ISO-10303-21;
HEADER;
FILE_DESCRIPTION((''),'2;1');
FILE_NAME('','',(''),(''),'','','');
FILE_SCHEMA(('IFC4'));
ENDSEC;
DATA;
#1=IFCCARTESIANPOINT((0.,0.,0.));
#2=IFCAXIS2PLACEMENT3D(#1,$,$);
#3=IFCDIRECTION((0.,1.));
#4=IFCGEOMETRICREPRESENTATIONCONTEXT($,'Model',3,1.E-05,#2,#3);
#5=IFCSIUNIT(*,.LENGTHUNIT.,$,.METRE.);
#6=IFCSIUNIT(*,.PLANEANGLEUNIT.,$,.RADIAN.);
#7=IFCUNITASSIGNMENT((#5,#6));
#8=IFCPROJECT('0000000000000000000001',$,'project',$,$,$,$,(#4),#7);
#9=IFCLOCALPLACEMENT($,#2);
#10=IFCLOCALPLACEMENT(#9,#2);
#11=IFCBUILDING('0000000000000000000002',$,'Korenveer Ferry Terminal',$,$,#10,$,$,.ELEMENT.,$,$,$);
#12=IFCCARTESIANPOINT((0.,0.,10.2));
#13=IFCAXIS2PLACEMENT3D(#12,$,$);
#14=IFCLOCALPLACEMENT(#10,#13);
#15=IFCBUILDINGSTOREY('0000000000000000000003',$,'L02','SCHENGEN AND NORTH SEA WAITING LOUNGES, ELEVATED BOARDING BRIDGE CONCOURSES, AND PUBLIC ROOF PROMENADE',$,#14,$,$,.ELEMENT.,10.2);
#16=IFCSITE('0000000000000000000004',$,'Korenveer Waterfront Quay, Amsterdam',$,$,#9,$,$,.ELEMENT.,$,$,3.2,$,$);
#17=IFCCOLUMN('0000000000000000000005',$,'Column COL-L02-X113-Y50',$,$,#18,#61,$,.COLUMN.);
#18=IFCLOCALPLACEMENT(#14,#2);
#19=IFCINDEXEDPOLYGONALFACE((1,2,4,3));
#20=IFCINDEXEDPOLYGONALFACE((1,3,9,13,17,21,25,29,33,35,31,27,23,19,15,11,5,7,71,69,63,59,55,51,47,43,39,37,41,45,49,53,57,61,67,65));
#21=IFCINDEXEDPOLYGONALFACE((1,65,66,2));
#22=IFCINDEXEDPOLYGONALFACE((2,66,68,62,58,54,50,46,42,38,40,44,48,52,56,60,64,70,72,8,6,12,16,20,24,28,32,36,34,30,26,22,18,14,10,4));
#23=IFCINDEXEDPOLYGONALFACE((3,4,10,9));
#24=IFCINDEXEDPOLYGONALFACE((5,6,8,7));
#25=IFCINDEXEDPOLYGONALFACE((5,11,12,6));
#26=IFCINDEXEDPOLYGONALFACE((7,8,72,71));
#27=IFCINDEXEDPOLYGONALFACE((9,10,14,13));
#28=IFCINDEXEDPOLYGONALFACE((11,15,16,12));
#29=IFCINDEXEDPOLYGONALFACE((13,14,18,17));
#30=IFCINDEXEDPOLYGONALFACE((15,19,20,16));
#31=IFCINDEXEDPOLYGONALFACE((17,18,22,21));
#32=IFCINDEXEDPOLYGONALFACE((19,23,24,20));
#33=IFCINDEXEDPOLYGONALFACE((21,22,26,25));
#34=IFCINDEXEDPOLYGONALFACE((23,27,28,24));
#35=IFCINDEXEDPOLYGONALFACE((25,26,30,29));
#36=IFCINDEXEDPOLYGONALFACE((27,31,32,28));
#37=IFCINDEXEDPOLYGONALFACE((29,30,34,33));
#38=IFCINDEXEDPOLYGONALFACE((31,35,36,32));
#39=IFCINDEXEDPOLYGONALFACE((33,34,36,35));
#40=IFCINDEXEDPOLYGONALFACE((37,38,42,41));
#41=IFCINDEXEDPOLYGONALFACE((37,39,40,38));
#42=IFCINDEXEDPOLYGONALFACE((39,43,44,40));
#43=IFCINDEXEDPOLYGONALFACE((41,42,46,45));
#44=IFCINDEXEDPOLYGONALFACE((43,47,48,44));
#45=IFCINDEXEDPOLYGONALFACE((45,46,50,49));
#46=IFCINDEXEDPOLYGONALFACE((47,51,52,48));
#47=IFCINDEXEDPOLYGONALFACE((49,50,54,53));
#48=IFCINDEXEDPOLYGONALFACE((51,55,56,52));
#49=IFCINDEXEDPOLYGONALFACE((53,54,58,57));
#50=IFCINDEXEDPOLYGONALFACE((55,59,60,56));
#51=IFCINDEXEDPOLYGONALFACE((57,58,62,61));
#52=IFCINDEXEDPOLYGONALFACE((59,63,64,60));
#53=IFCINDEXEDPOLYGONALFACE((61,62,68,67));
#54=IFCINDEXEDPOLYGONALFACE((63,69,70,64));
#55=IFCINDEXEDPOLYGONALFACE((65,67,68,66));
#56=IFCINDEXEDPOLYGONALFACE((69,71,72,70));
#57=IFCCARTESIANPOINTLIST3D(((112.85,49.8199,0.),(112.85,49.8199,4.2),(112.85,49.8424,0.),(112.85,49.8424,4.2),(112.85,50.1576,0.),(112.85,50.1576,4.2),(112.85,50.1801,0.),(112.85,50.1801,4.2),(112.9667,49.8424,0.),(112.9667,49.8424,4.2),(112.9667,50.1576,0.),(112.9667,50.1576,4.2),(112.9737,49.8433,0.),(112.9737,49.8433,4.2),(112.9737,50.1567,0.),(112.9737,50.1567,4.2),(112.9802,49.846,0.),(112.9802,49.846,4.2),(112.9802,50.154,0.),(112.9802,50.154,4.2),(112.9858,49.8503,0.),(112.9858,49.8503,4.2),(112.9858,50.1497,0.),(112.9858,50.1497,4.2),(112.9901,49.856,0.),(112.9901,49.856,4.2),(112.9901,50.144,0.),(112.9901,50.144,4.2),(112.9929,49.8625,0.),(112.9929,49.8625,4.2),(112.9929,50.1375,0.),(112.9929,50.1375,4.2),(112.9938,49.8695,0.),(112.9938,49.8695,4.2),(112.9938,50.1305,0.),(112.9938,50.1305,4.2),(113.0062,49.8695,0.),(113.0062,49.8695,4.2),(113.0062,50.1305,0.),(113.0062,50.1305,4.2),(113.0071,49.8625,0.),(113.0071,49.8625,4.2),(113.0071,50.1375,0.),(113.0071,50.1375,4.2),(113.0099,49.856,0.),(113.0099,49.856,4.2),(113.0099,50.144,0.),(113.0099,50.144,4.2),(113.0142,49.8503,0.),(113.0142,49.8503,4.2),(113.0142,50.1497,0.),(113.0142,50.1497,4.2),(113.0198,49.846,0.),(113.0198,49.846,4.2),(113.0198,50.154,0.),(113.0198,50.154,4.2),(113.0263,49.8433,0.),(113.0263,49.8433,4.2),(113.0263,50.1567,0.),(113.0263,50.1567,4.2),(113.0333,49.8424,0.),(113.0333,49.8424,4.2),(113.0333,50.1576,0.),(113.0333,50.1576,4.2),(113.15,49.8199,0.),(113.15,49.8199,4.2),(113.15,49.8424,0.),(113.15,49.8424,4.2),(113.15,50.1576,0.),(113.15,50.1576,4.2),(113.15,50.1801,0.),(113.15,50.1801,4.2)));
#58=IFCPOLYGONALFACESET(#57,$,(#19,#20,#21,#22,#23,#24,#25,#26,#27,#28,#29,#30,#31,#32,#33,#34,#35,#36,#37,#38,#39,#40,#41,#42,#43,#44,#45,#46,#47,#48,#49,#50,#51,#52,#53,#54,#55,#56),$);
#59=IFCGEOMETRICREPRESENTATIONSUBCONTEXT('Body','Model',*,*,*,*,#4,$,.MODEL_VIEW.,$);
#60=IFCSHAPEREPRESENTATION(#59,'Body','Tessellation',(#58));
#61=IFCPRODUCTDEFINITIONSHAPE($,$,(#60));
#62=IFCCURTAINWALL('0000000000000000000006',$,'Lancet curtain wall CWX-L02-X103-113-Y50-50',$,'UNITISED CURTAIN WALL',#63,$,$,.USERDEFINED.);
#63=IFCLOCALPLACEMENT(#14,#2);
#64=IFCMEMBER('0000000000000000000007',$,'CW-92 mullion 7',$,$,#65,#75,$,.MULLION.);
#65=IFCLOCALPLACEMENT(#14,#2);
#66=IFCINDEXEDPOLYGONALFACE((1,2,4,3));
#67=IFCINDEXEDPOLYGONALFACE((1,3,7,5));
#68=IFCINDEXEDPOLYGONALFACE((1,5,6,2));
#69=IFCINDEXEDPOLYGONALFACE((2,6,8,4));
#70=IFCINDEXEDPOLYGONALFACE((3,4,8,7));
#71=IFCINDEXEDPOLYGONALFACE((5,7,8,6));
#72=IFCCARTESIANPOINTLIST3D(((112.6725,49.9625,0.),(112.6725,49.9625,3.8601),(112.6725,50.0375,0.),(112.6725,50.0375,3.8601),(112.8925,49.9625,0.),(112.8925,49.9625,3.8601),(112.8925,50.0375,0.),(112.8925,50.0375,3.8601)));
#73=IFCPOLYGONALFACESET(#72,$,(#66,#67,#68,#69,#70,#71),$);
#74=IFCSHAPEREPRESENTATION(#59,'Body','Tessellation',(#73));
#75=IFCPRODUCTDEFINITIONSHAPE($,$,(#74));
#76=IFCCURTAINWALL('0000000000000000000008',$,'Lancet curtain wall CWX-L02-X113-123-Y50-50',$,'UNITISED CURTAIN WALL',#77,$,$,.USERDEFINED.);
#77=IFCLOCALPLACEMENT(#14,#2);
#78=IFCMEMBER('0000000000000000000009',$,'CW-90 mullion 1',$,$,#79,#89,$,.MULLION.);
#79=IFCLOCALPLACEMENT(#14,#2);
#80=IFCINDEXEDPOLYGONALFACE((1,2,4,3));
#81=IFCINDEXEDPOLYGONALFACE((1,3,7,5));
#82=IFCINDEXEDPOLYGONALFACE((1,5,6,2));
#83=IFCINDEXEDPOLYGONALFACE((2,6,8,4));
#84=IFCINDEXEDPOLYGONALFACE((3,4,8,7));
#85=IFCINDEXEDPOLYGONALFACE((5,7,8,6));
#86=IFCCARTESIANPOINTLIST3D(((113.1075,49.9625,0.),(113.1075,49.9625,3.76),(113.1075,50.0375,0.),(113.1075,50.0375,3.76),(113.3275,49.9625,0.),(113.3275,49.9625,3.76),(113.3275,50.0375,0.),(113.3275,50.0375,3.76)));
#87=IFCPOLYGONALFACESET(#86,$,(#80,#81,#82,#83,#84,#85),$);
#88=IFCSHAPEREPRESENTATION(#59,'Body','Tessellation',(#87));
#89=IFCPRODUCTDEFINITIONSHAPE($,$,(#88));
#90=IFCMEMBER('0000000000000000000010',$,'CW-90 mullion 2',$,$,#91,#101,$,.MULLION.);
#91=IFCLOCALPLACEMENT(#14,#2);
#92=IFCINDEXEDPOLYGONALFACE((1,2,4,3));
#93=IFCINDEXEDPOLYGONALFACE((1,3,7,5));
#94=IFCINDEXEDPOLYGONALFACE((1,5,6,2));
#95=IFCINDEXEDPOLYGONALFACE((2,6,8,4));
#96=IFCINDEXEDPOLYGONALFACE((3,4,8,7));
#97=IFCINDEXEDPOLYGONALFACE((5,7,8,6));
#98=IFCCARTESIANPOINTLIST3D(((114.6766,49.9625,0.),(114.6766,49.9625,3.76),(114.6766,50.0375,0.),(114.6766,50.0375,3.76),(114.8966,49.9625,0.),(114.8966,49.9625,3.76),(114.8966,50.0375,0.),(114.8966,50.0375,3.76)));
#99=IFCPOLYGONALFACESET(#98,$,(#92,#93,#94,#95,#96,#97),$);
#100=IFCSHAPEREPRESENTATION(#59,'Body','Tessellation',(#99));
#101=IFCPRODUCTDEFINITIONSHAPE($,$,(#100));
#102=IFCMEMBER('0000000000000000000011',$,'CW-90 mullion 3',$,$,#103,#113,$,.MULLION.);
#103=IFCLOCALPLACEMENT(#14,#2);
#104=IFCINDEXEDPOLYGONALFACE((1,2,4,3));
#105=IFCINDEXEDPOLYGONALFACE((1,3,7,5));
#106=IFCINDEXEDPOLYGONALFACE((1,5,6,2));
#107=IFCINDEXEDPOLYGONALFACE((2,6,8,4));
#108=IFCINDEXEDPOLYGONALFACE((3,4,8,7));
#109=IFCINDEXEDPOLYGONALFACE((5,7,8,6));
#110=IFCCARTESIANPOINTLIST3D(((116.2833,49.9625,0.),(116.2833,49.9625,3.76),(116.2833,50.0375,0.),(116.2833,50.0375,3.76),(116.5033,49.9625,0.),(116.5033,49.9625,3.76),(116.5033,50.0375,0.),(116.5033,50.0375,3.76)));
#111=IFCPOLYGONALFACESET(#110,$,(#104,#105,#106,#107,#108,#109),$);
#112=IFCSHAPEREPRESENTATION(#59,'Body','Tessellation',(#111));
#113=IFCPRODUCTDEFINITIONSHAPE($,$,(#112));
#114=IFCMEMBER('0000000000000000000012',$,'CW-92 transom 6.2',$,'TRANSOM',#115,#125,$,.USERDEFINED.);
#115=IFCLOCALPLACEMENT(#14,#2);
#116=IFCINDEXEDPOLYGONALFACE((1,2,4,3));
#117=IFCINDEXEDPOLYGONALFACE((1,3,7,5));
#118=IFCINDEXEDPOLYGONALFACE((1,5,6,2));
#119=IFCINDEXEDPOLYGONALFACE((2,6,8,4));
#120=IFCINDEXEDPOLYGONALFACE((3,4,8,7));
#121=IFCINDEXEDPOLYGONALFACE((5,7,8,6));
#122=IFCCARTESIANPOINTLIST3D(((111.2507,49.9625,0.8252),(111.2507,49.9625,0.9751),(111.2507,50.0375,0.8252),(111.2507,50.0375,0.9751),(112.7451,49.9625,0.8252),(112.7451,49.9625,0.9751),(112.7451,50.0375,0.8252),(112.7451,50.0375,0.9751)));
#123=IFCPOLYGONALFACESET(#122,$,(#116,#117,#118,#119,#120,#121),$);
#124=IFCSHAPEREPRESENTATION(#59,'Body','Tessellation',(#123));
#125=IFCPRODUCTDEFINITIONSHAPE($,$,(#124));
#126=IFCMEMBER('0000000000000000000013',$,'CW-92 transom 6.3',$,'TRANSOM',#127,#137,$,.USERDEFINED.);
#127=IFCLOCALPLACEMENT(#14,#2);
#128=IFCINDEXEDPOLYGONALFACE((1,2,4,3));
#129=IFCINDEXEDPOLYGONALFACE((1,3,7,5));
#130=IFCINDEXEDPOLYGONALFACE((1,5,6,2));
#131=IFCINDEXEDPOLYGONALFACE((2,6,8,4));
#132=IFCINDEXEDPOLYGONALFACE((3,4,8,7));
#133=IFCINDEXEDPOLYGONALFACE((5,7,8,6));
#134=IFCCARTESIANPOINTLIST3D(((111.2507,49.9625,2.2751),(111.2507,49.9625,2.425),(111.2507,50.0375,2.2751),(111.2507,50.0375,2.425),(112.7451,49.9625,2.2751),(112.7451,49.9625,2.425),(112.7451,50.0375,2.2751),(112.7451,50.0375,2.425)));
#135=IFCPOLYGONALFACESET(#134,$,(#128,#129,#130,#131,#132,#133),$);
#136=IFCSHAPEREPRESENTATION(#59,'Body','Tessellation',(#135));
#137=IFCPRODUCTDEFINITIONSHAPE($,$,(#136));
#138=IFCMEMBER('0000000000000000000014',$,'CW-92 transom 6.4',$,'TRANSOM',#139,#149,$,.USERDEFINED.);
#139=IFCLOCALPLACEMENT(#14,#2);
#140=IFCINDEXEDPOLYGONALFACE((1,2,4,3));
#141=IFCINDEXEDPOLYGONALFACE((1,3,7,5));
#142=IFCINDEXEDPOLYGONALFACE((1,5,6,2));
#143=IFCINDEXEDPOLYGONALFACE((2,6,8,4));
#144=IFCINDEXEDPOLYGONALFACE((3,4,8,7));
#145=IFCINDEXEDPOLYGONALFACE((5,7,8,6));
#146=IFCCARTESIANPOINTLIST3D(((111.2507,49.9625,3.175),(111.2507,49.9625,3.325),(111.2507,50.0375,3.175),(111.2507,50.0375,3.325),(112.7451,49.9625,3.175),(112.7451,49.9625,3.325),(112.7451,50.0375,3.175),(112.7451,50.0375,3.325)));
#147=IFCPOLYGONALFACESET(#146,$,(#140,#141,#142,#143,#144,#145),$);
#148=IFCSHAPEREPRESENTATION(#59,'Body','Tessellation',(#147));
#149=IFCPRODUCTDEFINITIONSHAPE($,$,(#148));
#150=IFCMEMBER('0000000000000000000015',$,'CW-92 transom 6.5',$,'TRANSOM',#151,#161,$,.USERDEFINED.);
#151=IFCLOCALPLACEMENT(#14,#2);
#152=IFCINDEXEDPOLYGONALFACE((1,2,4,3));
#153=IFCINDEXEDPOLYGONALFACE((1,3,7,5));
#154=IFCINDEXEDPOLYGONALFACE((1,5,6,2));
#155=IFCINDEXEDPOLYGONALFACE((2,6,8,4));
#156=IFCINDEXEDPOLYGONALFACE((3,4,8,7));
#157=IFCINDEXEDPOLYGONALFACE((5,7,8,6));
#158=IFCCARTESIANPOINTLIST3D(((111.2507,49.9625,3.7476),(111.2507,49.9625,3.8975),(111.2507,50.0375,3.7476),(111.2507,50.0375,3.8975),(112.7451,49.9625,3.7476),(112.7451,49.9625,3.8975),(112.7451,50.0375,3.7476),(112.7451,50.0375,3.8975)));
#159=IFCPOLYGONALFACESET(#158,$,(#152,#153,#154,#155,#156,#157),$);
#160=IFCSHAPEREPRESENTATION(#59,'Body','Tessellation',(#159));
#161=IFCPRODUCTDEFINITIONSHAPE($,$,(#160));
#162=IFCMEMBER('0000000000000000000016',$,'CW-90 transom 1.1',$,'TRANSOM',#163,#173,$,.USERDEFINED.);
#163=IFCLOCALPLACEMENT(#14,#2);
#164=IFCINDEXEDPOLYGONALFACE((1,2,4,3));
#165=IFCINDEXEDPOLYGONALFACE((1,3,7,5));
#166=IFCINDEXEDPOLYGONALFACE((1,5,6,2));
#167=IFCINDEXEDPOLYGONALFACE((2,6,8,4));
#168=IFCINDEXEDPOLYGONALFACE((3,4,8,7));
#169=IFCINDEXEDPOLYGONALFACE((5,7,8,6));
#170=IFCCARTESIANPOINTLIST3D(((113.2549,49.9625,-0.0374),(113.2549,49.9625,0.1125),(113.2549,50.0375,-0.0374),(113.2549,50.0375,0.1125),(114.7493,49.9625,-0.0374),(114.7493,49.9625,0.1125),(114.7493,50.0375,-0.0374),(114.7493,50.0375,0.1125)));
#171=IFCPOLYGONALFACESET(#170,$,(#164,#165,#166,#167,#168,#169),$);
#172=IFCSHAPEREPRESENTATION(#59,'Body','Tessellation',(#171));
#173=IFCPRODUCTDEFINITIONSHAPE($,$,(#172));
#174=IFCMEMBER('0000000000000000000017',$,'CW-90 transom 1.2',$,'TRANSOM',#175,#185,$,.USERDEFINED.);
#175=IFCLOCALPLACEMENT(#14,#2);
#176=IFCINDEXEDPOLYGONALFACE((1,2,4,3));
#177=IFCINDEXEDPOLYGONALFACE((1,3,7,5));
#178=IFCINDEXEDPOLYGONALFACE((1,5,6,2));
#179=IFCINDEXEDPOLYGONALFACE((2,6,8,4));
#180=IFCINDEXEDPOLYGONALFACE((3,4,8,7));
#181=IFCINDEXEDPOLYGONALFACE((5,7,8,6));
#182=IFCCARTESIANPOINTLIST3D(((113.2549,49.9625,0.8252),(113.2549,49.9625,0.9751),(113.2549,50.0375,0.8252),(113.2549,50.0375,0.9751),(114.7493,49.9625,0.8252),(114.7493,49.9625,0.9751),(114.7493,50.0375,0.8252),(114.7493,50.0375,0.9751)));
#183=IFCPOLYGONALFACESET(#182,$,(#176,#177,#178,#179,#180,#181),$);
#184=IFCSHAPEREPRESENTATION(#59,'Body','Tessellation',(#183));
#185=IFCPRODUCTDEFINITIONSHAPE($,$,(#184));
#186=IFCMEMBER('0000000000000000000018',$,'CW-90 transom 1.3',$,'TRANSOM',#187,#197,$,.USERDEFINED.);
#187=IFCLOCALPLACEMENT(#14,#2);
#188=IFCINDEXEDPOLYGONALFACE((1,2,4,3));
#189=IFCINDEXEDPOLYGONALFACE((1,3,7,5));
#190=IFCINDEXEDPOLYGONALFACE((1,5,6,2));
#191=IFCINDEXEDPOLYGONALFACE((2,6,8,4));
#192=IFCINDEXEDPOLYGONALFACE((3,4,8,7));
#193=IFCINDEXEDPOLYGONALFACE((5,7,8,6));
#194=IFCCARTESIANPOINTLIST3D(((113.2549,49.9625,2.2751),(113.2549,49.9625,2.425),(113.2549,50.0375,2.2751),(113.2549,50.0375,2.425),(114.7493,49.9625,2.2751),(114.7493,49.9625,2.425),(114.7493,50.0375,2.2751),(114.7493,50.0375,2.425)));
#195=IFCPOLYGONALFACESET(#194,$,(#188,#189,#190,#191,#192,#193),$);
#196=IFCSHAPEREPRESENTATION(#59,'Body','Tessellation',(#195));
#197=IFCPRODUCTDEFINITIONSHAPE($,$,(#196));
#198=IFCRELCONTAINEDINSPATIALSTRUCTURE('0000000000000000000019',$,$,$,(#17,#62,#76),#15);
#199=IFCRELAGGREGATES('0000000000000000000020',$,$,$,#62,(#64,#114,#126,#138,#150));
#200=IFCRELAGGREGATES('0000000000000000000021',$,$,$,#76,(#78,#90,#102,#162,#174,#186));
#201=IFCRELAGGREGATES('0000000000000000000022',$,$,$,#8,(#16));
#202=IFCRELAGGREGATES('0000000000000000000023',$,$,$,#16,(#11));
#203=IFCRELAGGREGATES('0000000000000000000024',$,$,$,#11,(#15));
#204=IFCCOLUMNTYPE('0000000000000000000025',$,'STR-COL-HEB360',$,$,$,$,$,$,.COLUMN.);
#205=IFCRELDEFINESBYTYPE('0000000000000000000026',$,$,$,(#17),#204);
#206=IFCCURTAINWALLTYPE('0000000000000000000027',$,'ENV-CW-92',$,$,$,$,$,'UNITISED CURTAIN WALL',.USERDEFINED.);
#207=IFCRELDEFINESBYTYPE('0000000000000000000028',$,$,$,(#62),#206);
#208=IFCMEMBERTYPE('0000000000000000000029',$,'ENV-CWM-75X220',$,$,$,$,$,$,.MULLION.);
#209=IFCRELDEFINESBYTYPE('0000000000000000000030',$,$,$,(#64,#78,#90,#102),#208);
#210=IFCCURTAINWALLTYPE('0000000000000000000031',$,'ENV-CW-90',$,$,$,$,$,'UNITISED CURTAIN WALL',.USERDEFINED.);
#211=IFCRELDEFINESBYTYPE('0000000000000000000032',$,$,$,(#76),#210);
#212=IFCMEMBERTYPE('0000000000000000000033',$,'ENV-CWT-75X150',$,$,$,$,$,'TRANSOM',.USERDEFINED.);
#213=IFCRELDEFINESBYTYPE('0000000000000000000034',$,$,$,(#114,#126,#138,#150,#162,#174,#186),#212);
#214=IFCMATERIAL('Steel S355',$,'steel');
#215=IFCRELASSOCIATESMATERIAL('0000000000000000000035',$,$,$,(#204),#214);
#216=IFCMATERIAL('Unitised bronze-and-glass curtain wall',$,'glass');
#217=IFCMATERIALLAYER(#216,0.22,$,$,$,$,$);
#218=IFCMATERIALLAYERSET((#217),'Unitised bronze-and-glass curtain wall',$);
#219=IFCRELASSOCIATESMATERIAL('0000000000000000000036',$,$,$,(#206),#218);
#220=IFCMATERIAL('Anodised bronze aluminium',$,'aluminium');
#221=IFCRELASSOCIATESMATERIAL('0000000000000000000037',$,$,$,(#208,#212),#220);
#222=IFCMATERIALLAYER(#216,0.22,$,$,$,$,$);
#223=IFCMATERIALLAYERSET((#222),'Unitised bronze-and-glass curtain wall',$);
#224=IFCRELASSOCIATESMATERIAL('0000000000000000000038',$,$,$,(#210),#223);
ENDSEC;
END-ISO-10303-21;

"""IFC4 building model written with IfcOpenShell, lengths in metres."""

from ifc_helpers import new_model, si_unit, direction, frame, origin, origin_2d, place, context, subcontext, project, spatial, rectangle, i_section, extrude, material, layer, layer_set, material_profile, profile_set, type_object, element, aggregate, save


model = new_model("IFC4")

# Units and contexts
model_context = context("Model", 3, precision=1e-05, world=origin(), true_north=direction((0.0, 1.0)))
body_context = subcontext(model_context, "Body", "Model", "MODEL_VIEW")
ifc_project = project(units=[si_unit("LENGTHUNIT", "METRE"), si_unit("PLANEANGLEUNIT", "RADIAN")], contexts=[model_context])

# Site, building, storey
site_placement = place(None, origin())
site = spatial("IfcSite", under=ifc_project, at=site_placement, Name="Korenveer Waterfront Quay, Amsterdam", CompositionType="ELEMENT", RefElevation=3.2)
building_placement = place(site_placement, origin())
building = spatial("IfcBuilding", under=site, at=building_placement, Name="Korenveer Ferry Terminal", CompositionType="ELEMENT")
storey_placement = place(building_placement, frame((0.0, 0.0, 10.2)))
storey = spatial("IfcBuildingStorey", under=building, at=storey_placement, Name="L02", Description="SCHENGEN AND NORTH SEA WAITING LOUNGES, ELEVATED BOARDING BRIDGE CONCOURSES, AND PUBLIC ROOF PROMENADE", CompositionType="ELEMENT", Elevation=10.2)

# Column
ifc_material_1 = material(Name="Steel S355", Category="steel")
ifc_material_profile_1 = material_profile(ifc_material_1, i_section(OverallWidth=0.3, OverallDepth=0.3601, WebThickness=0.0125, FlangeThickness=0.0225, FilletRadius=0.0271, at=origin_2d()), Name="HEB 360")
ifc_profile_set_1 = profile_set([ifc_material_profile_1], Name="Steel S355")
column_type = type_object("IfcColumnType", Name="STR-COL-HEB360", PredefinedType="COLUMN", material=ifc_profile_set_1)
column_placement = place(storey_placement, frame((113.0, 50.0, 0.0), z_axis=(0.0, 0.0, 1.0), x_axis=(1.0, 0.0, 0.0)))
element("IfcColumn", 1, at=column_placement, inside=storey, type_object=column_type, Name="Column COL-L02-X113-Y50", PredefinedType="COLUMN", context=body_context, shape_type="SweptSolid", body=[
    extrude(i_section(OverallWidth=0.3, OverallDepth=0.3601, WebThickness=0.0125, FlangeThickness=0.0225, FilletRadius=0.0271, at=origin_2d()), origin(), (0.0, 0.0, 1.0), 4.2),
])

# Curtain wall, member
ifc_material_2 = material(Name="Unitised bronze-and-glass curtain wall", Category="glass")
ifc_layer_1 = layer(ifc_material_2, 0.22)
ifc_layer_set_1 = layer_set([ifc_layer_1], Name="Unitised bronze-and-glass curtain wall")
curtain_wall_type_1 = type_object("IfcCurtainWallType", Name="ENV-CW-92", ElementType="UNITISED CURTAIN WALL", PredefinedType="USERDEFINED", material=ifc_layer_set_1)
curtain_wall_1_placement = place(storey_placement, frame((103.1799, 50.0, 0.0)))
curtain_wall_1 = element("IfcCurtainWall", 2, at=curtain_wall_1_placement, inside=storey, type_object=curtain_wall_type_1, Name="Lancet curtain wall CWX-L02-X103-113-Y50-50", ObjectType="UNITISED CURTAIN WALL", PredefinedType="USERDEFINED")
ifc_material_3 = material(Name="Anodised bronze aluminium", Category="aluminium")
ifc_material_profile_2 = material_profile(ifc_material_3, rectangle(XDim=0.075, YDim=0.22, at=origin_2d()), Name="ALU 75x220")
ifc_profile_set_2 = profile_set([ifc_material_profile_2], Name="Anodised bronze aluminium")
member_type_1 = type_object("IfcMemberType", Name="ENV-CWM-75X220", PredefinedType="MULLION", material=ifc_profile_set_2)
member_1_placement = place(storey_placement, frame((112.7825, 50.0, 0.0), z_axis=(0.0, 0.0, 1.0), x_axis=(0.0, 1.0, 0.0)))
member_1 = element("IfcMember", 3, at=member_1_placement, type_object=member_type_1, Name="CW-92 mullion 7", PredefinedType="MULLION", context=body_context, shape_type="SweptSolid", body=[
    extrude(rectangle(XDim=0.075, YDim=0.22, at=origin_2d()), origin(), (0.0, 0.0, 1.0), 3.8601),
])

# Curtain wall, members
ifc_layer_2 = layer(ifc_material_2, 0.22)
ifc_layer_set_2 = layer_set([ifc_layer_2], Name="Unitised bronze-and-glass curtain wall")
curtain_wall_type_2 = type_object("IfcCurtainWallType", Name="ENV-CW-90", ElementType="UNITISED CURTAIN WALL", PredefinedType="USERDEFINED", material=ifc_layer_set_2)
curtain_wall_2_placement = place(storey_placement, frame((113.1799, 50.0, 0.0)))
curtain_wall_2 = element("IfcCurtainWall", 4, at=curtain_wall_2_placement, inside=storey, type_object=curtain_wall_type_2, Name="Lancet curtain wall CWX-L02-X113-123-Y50-50", ObjectType="UNITISED CURTAIN WALL", PredefinedType="USERDEFINED")
member_2_placement = place(storey_placement, frame((113.2175, 50.0, 0.0), z_axis=(0.0, 0.0, 1.0), x_axis=(0.0, 1.0, 0.0)))
member_2 = element("IfcMember", 5, at=member_2_placement, type_object=member_type_1, Name="CW-90 mullion 1", PredefinedType="MULLION", context=body_context, shape_type="SweptSolid", body=[
    extrude(rectangle(XDim=0.075, YDim=0.22, at=origin_2d()), origin(), (0.0, 0.0, 1.0), 3.76),
])
member_3_placement = place(storey_placement, frame((114.7866, 50.0, 0.0), z_axis=(0.0, 0.0, 1.0), x_axis=(0.0, 1.0, 0.0)))
member_3 = element("IfcMember", 6, at=member_3_placement, type_object=member_type_1, Name="CW-90 mullion 2", PredefinedType="MULLION", context=body_context, shape_type="SweptSolid", body=[
    extrude(rectangle(XDim=0.075, YDim=0.22, at=origin_2d()), origin(), (0.0, 0.0, 1.0), 3.76),
])
member_4_placement = place(storey_placement, frame((116.3933, 50.0, 0.0), z_axis=(0.0, 0.0, 1.0), x_axis=(0.0, 1.0, 0.0)))
member_4 = element("IfcMember", 7, at=member_4_placement, type_object=member_type_1, Name="CW-90 mullion 3", PredefinedType="MULLION", context=body_context, shape_type="SweptSolid", body=[
    extrude(rectangle(XDim=0.075, YDim=0.22, at=origin_2d()), origin(), (0.0, 0.0, 1.0), 3.76),
])

# Members
ifc_material_profile_3 = material_profile(ifc_material_3, rectangle(XDim=0.075, YDim=0.1499, at=origin_2d()), Name="ALU 75x150")
ifc_profile_set_3 = profile_set([ifc_material_profile_3], Name="Anodised bronze aluminium")
member_type_2 = type_object("IfcMemberType", Name="ENV-CWT-75X150", ElementType="TRANSOM", PredefinedType="USERDEFINED", material=ifc_profile_set_3)
member_5_placement = place(storey_placement, frame((111.2507, 50.0, 0.9001), z_axis=(1.0, 0.0, 0.0), x_axis=(0.0, 1.0, 0.0)))
member_5 = element("IfcMember", 8, at=member_5_placement, type_object=member_type_2, Name="CW-92 transom 6.2", ObjectType="TRANSOM", PredefinedType="USERDEFINED", context=body_context, shape_type="SweptSolid", body=[
    extrude(rectangle(XDim=0.075, YDim=0.1499, at=origin_2d()), origin(), (0.0, 0.0, 1.0), 1.4944),
])
member_6_placement = place(storey_placement, frame((111.2507, 50.0, 2.3501), z_axis=(1.0, 0.0, 0.0), x_axis=(0.0, 1.0, 0.0)))
member_6 = element("IfcMember", 9, at=member_6_placement, type_object=member_type_2, Name="CW-92 transom 6.3", ObjectType="TRANSOM", PredefinedType="USERDEFINED", context=body_context, shape_type="SweptSolid", body=[
    extrude(rectangle(XDim=0.075, YDim=0.1499, at=origin_2d()), origin(), (0.0, 0.0, 1.0), 1.4944),
])
member_7_placement = place(storey_placement, frame((111.2507, 50.0, 3.25), z_axis=(1.0, 0.0, 0.0), x_axis=(0.0, 1.0, 0.0)))
member_7 = element("IfcMember", 10, at=member_7_placement, type_object=member_type_2, Name="CW-92 transom 6.4", ObjectType="TRANSOM", PredefinedType="USERDEFINED", context=body_context, shape_type="SweptSolid", body=[
    extrude(rectangle(XDim=0.075, YDim=0.1499, at=origin_2d()), origin(), (0.0, 0.0, 1.0), 1.4944),
])
member_8_placement = place(storey_placement, frame((111.2507, 50.0, 3.8225), z_axis=(1.0, 0.0, 0.0), x_axis=(0.0, 1.0, 0.0)))
member_8 = element("IfcMember", 11, at=member_8_placement, type_object=member_type_2, Name="CW-92 transom 6.5", ObjectType="TRANSOM", PredefinedType="USERDEFINED", context=body_context, shape_type="SweptSolid", body=[
    extrude(rectangle(XDim=0.075, YDim=0.1499, at=origin_2d()), origin(), (0.0, 0.0, 1.0), 1.4944),
])
member_9_placement = place(storey_placement, frame((113.2549, 50.0, 0.0376), z_axis=(1.0, 0.0, 0.0), x_axis=(0.0, 1.0, 0.0)))
member_9 = element("IfcMember", 12, at=member_9_placement, type_object=member_type_2, Name="CW-90 transom 1.1", ObjectType="TRANSOM", PredefinedType="USERDEFINED", context=body_context, shape_type="SweptSolid", body=[
    extrude(rectangle(XDim=0.075, YDim=0.1499, at=origin_2d()), origin(), (0.0, 0.0, 1.0), 1.4944),
])
member_10_placement = place(storey_placement, frame((113.2549, 50.0, 0.9001), z_axis=(1.0, 0.0, 0.0), x_axis=(0.0, 1.0, 0.0)))
member_10 = element("IfcMember", 13, at=member_10_placement, type_object=member_type_2, Name="CW-90 transom 1.2", ObjectType="TRANSOM", PredefinedType="USERDEFINED", context=body_context, shape_type="SweptSolid", body=[
    extrude(rectangle(XDim=0.075, YDim=0.1499, at=origin_2d()), origin(), (0.0, 0.0, 1.0), 1.4944),
])
member_11_placement = place(storey_placement, frame((113.2549, 50.0, 2.3501), z_axis=(1.0, 0.0, 0.0), x_axis=(0.0, 1.0, 0.0)))
member_11 = element("IfcMember", 14, at=member_11_placement, type_object=member_type_2, Name="CW-90 transom 1.3", ObjectType="TRANSOM", PredefinedType="USERDEFINED", context=body_context, shape_type="SweptSolid", body=[
    extrude(rectangle(XDim=0.075, YDim=0.1499, at=origin_2d()), origin(), (0.0, 0.0, 1.0), 1.4944),
])

aggregate(curtain_wall_1, [member_1, member_5, member_6, member_7, member_8])
aggregate(curtain_wall_2, [member_2, member_3, member_4, member_9, member_10, member_11])

save(model, "model.ifc")
